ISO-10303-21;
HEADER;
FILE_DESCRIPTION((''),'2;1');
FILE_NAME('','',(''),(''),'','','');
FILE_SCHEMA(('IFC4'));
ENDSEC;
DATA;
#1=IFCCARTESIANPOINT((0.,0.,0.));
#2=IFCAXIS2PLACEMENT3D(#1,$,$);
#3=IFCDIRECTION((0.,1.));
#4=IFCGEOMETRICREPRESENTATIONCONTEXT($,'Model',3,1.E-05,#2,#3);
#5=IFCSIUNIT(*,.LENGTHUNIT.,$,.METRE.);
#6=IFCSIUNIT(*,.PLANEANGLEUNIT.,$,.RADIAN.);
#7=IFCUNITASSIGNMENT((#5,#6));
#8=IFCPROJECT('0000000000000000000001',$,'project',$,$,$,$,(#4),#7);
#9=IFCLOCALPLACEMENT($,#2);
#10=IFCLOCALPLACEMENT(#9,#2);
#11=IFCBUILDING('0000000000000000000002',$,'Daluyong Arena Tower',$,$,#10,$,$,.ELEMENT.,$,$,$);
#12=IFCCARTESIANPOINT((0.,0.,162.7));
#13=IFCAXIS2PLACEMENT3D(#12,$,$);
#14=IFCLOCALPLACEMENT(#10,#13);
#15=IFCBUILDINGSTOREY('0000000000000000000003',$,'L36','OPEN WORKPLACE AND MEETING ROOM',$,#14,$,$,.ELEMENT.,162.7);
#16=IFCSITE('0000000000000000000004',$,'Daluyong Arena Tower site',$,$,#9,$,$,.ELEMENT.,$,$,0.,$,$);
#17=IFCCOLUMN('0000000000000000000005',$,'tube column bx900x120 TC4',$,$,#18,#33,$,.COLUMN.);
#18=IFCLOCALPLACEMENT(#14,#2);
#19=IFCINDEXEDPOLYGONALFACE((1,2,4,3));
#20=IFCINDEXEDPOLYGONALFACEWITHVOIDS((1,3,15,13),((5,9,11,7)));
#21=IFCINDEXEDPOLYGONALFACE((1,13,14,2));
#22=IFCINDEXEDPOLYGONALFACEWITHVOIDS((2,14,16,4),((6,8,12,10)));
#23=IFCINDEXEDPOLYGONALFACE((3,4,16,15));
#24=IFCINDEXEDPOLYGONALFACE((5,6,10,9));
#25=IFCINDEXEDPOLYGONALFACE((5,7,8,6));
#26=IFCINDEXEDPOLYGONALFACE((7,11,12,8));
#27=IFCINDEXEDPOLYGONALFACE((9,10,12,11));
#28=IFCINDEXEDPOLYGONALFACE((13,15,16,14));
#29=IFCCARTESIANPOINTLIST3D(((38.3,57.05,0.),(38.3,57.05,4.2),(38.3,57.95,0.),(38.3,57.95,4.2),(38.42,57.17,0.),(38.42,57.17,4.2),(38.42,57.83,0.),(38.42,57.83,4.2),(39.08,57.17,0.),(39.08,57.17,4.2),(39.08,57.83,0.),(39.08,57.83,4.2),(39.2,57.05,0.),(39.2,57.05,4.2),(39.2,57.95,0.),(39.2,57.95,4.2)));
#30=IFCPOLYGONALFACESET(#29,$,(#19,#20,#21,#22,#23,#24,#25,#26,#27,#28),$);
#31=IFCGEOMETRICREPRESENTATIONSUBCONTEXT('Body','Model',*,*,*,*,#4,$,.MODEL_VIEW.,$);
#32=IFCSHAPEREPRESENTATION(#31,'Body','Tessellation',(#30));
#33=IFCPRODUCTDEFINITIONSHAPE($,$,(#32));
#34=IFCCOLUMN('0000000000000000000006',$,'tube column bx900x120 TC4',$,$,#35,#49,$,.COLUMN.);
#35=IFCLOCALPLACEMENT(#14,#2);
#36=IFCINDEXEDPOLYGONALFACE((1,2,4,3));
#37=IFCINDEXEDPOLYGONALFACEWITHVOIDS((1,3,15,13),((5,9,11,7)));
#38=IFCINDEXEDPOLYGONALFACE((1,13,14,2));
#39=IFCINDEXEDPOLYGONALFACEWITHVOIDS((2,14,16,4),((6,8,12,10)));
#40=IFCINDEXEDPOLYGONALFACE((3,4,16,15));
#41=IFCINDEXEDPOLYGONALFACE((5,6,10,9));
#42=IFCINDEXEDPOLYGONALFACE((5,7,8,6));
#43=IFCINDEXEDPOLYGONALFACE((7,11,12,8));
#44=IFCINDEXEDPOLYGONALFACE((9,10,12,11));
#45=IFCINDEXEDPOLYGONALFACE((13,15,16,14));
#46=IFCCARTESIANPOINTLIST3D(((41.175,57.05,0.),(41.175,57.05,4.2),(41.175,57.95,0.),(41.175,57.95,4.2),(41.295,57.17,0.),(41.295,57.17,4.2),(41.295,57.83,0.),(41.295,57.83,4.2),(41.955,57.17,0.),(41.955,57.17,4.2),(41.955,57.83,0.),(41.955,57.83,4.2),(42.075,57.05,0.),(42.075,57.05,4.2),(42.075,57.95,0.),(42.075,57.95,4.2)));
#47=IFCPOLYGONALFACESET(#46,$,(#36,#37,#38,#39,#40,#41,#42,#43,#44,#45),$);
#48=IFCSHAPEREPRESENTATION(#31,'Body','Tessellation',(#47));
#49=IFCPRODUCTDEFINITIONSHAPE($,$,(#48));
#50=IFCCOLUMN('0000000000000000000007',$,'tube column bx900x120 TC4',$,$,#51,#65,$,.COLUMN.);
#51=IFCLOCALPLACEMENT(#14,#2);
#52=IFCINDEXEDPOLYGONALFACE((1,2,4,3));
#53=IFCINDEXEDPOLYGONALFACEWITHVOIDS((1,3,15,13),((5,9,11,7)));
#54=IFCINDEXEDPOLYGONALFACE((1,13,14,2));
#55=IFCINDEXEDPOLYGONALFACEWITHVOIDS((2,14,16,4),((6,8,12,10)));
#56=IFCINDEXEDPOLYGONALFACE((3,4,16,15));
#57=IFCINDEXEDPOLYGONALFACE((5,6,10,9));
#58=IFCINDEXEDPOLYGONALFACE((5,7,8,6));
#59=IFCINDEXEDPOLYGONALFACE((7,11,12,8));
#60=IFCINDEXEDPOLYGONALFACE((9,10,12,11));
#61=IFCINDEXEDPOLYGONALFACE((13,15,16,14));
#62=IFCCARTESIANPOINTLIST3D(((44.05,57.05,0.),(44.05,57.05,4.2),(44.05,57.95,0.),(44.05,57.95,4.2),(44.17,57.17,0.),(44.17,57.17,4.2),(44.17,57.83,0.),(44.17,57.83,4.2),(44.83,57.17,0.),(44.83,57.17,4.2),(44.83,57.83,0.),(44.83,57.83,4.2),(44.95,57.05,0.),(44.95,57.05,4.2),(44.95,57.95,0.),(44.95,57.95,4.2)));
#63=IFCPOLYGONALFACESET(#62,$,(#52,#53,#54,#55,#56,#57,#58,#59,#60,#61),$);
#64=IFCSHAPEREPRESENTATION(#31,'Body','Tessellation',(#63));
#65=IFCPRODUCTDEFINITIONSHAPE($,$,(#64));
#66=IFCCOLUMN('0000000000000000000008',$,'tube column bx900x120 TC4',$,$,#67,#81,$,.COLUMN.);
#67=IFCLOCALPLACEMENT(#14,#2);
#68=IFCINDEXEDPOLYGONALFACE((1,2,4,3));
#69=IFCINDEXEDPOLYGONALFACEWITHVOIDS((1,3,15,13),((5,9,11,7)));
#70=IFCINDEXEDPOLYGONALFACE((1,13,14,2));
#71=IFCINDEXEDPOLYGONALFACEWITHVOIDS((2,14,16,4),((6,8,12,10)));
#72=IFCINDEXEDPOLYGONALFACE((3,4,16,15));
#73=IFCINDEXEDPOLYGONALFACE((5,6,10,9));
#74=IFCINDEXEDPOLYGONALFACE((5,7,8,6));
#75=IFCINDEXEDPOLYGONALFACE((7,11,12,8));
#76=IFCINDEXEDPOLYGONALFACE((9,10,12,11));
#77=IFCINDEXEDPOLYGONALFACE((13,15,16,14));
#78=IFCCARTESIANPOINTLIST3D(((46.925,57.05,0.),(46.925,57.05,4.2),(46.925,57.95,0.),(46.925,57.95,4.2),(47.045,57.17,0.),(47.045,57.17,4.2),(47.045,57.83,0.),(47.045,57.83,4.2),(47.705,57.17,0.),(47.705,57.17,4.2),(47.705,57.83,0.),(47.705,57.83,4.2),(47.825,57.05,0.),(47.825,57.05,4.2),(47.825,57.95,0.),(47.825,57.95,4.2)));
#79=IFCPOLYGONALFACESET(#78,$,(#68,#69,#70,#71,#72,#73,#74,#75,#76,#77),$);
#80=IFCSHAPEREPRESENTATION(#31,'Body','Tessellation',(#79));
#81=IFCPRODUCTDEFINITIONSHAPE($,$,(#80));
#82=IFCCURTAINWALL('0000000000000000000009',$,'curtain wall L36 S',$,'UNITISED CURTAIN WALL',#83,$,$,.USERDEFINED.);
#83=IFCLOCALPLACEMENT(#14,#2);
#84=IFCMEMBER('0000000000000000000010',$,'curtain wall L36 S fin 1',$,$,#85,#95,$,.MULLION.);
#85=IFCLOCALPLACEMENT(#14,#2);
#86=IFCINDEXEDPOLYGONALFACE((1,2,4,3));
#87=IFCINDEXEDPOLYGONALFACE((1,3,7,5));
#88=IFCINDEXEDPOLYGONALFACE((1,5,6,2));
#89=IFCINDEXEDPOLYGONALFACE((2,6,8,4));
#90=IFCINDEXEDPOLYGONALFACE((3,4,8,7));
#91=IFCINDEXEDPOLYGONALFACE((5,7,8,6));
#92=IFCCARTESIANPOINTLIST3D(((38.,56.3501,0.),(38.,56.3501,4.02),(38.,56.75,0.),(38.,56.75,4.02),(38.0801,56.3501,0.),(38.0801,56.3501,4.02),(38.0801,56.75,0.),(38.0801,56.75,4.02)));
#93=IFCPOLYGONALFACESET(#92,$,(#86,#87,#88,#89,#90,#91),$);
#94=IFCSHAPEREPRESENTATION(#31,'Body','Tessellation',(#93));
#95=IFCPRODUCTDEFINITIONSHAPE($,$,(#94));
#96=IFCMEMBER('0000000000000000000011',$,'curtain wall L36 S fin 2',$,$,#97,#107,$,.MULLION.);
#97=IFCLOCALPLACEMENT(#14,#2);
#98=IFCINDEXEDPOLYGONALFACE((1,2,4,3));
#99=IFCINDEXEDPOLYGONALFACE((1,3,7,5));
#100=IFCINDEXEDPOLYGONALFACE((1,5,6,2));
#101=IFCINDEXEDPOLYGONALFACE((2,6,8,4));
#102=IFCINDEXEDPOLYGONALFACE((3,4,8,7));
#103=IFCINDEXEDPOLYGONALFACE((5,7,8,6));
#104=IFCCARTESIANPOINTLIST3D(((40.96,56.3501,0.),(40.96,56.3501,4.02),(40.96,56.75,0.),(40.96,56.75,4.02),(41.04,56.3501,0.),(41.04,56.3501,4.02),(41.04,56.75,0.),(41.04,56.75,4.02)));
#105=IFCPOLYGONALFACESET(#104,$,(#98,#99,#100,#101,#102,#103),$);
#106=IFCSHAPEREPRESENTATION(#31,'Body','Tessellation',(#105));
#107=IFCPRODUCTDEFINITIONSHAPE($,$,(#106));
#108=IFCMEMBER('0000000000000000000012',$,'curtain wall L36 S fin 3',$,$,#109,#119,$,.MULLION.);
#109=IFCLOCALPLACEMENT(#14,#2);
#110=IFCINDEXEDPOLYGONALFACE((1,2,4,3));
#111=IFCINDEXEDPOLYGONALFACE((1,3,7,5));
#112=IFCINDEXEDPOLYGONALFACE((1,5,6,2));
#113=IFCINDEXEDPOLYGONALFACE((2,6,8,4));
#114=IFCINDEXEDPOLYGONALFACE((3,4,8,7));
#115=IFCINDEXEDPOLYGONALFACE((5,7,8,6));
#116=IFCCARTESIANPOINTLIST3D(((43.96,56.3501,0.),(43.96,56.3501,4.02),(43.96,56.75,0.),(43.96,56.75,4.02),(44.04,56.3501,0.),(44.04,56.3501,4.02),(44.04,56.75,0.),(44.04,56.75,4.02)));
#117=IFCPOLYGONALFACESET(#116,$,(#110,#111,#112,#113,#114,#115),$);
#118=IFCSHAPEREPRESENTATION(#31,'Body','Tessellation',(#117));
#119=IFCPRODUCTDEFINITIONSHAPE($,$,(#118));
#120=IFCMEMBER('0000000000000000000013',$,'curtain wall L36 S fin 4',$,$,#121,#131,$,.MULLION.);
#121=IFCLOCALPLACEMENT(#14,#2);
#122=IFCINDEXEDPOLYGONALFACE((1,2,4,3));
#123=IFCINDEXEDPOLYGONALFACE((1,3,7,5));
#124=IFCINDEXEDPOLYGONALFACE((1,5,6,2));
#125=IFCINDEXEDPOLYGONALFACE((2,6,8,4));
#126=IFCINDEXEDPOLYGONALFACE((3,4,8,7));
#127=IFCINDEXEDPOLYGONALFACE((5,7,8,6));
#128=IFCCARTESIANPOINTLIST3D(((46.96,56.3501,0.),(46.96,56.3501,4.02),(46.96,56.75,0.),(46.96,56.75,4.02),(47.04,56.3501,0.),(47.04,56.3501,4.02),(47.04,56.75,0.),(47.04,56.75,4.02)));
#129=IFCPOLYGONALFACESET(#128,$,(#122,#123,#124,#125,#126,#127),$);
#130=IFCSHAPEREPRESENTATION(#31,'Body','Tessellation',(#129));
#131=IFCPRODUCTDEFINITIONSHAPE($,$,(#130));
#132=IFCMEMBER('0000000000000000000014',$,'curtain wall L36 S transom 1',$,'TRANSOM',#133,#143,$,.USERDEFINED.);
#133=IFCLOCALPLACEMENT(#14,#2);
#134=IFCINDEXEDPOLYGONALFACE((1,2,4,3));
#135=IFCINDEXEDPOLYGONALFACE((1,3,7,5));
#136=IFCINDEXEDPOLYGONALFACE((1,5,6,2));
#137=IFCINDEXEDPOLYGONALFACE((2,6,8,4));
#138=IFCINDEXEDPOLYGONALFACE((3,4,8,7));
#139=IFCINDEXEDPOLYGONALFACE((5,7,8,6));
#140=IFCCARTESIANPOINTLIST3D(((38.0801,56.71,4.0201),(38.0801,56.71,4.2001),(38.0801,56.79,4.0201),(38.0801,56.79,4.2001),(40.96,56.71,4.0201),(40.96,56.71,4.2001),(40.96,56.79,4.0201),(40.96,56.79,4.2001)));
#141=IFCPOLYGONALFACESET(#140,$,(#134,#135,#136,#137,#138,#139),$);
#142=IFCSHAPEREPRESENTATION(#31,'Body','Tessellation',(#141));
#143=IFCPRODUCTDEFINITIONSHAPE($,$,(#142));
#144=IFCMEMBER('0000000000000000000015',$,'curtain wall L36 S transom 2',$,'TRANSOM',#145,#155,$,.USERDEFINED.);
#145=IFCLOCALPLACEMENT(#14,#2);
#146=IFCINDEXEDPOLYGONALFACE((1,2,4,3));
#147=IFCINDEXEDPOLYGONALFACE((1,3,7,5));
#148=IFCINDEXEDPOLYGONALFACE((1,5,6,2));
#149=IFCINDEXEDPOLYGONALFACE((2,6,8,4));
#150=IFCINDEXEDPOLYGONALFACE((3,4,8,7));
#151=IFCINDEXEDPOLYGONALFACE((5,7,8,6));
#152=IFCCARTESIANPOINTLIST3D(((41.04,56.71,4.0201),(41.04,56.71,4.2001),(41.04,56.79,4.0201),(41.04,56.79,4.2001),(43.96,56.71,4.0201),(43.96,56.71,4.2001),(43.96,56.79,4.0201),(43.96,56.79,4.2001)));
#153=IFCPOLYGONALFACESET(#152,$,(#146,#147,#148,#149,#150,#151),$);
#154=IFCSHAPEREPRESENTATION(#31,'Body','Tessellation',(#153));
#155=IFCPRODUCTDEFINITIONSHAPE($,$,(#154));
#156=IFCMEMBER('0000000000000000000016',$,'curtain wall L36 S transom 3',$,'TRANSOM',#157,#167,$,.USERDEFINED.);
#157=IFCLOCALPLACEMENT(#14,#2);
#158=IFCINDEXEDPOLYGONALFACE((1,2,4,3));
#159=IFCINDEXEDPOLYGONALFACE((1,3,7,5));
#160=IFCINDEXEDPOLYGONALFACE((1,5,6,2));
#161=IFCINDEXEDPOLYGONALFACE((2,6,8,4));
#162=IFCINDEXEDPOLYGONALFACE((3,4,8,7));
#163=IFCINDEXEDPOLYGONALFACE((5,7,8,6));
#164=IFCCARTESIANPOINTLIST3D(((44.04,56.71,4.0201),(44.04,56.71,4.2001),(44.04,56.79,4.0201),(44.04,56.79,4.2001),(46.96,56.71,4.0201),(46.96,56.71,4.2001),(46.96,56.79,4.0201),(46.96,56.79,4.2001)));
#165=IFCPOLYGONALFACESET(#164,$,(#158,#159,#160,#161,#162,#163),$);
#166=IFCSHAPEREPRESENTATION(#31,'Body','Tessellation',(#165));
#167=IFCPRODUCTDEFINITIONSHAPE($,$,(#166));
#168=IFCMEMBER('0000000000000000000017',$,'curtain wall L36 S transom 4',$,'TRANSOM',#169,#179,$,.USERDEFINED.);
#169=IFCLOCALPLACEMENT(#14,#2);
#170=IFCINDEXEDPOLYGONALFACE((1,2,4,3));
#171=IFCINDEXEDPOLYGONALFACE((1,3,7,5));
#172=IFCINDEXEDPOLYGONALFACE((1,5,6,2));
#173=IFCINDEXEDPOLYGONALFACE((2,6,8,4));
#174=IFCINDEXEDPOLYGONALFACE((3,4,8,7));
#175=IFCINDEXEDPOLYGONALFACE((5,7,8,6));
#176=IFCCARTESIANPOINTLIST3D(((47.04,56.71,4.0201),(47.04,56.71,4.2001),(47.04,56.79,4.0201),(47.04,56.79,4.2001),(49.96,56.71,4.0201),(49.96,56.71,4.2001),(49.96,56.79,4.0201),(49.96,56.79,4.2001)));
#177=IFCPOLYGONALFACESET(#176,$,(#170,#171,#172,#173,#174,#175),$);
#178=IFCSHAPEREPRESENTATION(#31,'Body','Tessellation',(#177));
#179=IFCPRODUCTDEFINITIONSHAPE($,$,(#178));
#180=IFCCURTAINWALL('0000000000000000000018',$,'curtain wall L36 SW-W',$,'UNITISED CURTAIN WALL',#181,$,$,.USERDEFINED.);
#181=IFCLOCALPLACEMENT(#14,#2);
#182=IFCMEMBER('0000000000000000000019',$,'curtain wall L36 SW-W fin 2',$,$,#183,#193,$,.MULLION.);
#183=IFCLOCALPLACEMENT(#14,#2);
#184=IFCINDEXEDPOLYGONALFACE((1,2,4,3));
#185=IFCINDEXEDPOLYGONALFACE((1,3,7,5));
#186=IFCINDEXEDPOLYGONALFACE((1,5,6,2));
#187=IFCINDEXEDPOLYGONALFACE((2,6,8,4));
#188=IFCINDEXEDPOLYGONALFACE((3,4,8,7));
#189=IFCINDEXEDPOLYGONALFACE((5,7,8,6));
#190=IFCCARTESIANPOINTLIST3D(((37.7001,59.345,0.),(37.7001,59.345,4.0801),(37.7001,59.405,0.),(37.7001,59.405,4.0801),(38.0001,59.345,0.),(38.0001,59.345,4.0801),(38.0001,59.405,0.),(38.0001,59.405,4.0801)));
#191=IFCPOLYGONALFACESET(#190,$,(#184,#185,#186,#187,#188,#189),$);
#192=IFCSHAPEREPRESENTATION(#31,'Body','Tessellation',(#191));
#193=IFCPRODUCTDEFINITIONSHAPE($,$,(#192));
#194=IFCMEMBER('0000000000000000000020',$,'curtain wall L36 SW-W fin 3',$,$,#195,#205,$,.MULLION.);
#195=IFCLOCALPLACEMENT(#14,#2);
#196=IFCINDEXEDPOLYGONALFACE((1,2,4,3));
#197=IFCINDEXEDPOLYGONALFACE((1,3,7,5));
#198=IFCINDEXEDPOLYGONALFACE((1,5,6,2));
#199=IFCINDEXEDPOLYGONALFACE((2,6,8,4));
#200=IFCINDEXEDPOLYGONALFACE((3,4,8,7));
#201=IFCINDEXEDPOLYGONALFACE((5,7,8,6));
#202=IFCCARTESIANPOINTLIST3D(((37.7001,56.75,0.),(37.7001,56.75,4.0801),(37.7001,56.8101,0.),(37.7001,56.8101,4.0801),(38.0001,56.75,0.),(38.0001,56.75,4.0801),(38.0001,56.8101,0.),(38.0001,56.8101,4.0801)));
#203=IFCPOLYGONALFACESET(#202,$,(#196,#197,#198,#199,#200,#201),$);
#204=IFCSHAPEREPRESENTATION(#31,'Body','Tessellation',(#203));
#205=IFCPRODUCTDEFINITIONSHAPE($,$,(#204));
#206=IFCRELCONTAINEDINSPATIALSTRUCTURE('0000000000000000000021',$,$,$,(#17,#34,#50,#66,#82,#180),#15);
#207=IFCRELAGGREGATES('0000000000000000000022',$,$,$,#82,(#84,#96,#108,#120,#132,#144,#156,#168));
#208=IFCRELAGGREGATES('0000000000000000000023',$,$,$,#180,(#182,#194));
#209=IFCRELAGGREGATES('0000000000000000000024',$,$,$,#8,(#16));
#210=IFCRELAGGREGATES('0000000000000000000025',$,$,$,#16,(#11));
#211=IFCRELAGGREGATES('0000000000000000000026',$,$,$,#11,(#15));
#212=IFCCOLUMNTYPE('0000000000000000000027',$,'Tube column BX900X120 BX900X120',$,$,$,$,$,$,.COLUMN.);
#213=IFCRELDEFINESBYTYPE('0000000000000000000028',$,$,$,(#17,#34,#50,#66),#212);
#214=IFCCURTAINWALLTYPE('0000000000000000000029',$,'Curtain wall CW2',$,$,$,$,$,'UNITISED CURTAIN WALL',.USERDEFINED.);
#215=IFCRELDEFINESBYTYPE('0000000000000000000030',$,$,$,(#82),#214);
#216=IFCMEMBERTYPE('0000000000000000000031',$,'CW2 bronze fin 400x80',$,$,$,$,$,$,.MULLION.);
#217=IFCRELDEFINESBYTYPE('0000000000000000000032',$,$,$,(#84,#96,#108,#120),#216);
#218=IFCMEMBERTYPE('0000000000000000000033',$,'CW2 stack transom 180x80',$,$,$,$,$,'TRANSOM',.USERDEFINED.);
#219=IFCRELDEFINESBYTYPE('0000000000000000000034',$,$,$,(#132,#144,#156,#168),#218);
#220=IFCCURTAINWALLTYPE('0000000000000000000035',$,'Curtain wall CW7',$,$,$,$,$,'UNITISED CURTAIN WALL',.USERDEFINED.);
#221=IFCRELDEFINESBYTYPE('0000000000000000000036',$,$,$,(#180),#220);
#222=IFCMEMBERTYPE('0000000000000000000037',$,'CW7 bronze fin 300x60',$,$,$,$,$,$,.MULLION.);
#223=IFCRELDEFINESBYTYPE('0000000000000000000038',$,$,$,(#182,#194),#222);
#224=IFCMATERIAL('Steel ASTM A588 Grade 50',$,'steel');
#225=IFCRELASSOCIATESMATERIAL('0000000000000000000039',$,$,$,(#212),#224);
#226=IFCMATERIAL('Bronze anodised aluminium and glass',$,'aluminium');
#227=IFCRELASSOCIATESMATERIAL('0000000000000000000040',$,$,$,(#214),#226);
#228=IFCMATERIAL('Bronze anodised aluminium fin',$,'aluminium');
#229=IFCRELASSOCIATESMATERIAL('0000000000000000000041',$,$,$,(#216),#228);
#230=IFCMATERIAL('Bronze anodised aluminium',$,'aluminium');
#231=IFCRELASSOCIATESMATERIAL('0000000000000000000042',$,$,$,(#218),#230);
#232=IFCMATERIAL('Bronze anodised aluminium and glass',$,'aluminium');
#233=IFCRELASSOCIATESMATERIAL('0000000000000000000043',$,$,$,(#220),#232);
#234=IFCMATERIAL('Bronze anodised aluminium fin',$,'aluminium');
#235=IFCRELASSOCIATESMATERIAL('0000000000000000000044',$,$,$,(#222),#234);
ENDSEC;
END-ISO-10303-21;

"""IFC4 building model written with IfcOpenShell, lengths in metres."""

from ifc_helpers import new_model, si_unit, direction, frame, origin, origin_2d, place, context, subcontext, project, spatial, rectangle, hollow_rectangle, extrude, material, material_profile, profile_set, type_object, element, aggregate, save


model = new_model("IFC4")

# Units and contexts
model_context = context("Model", 3, precision=1e-05, world=origin(), true_north=direction((0.0, 1.0)))
body_context = subcontext(model_context, "Body", "Model", "MODEL_VIEW")
ifc_project = project(units=[si_unit("LENGTHUNIT", "METRE"), si_unit("PLANEANGLEUNIT", "RADIAN")], contexts=[model_context])

# Site, building, storey
site_placement = place(None, origin())
site = spatial("IfcSite", under=ifc_project, at=site_placement, Name="Daluyong Arena Tower site", CompositionType="ELEMENT", RefElevation=0.0)
building_placement = place(site_placement, origin())
building = spatial("IfcBuilding", under=site, at=building_placement, Name="Daluyong Arena Tower", CompositionType="ELEMENT")
storey_placement = place(building_placement, frame((0.0, 0.0, 162.7)))
storey = spatial("IfcBuildingStorey", under=building, at=storey_placement, Name="L36", Description="OPEN WORKPLACE AND MEETING ROOM", CompositionType="ELEMENT", Elevation=162.7)

# Columns
ifc_material_1 = material(Name="Steel ASTM A588 Grade 50", Category="steel")
ifc_material_profile_1 = material_profile(ifc_material_1, hollow_rectangle(XDim=0.8999, YDim=0.8999, WallThickness=0.12, at=origin_2d()))
ifc_profile_set_1 = profile_set([ifc_material_profile_1], Name="Steel ASTM A588 Grade 50")
column_type = type_object("IfcColumnType", Name="Tube column BX900X120 BX900X120", PredefinedType="COLUMN", material=ifc_profile_set_1)
for number, where, z_axis, x_axis, name in (
    (1, (38.75, 57.5, 0.0), (0.0, 0.0, 1.0), (1.0, 0.0, 0.0), "tube column bx900x120 TC4"),
    (2, (41.625, 57.5, 0.0), (0.0, 0.0, 1.0), (1.0, 0.0, 0.0), "tube column bx900x120 TC4"),
    (3, (44.5, 57.5, 0.0), (0.0, 0.0, 1.0), (1.0, 0.0, 0.0), "tube column bx900x120 TC4"),
    (4, (47.375, 57.5, 0.0), (0.0, 0.0, 1.0), (1.0, 0.0, 0.0), "tube column bx900x120 TC4"),
):
    element("IfcColumn", number, at=place(storey_placement, frame(where, z_axis=z_axis, x_axis=x_axis)), inside=storey, type_object=column_type, Name=name, PredefinedType="COLUMN", context=body_context, shape_type="SweptSolid", body=[
        extrude(hollow_rectangle(XDim=0.8999, YDim=0.8999, WallThickness=0.12, at=origin_2d()), origin(), (0.0, 0.0, 1.0), 4.2),
    ])

# Curtain walls, members
ifc_material_2 = material(Name="Bronze anodised aluminium and glass", Category="aluminium")
curtain_wall_type_1 = type_object("IfcCurtainWallType", Name="Curtain wall CW2", ElementType="UNITISED CURTAIN WALL", PredefinedType="USERDEFINED", material=ifc_material_2)
curtain_wall_1_placement = place(storey_placement, origin())
curtain_wall_1 = element("IfcCurtainWall", 5, at=curtain_wall_1_placement, inside=storey, type_object=curtain_wall_type_1, Name="curtain wall L36 S", ObjectType="UNITISED CURTAIN WALL", PredefinedType="USERDEFINED")
ifc_material_3 = material(Name="Bronze anodised aluminium fin", Category="aluminium")
ifc_material_profile_2 = material_profile(ifc_material_3, rectangle(XDim=0.3999, YDim=0.0801, at=origin_2d()))
ifc_profile_set_2 = profile_set([ifc_material_profile_2], Name="Bronze anodised aluminium fin")
member_type_1 = type_object("IfcMemberType", Name="CW2 bronze fin 400x80", PredefinedType="MULLION", material=ifc_profile_set_2)
member_1_placement = place(storey_placement, frame((38.04, 56.55, 0.0), z_axis=(0.0, 0.0, 1.0), x_axis=(0.0, 1.0, 0.0)))
member_1 = element("IfcMember", 6, at=member_1_placement, type_object=member_type_1, Name="curtain wall L36 S fin 1", PredefinedType="MULLION", context=body_context, shape_type="SweptSolid", body=[
    extrude(rectangle(XDim=0.3999, YDim=0.0801, at=origin_2d()), origin(), (0.0, 0.0, 1.0), 4.02),
])
member_2_placement = place(storey_placement, frame((41.0, 56.55, 0.0), z_axis=(0.0, 0.0, 1.0), x_axis=(0.0, 1.0, 0.0)))
member_2 = element("IfcMember", 7, at=member_2_placement, type_object=member_type_1, Name="curtain wall L36 S fin 2", PredefinedType="MULLION", context=body_context, shape_type="SweptSolid", body=[
    extrude(rectangle(XDim=0.3999, YDim=0.0801, at=origin_2d()), origin(), (0.0, 0.0, 1.0), 4.02),
])
member_3_placement = place(storey_placement, frame((44.0, 56.55, 0.0), z_axis=(0.0, 0.0, 1.0), x_axis=(0.0, 1.0, 0.0)))
member_3 = element("IfcMember", 8, at=member_3_placement, type_object=member_type_1, Name="curtain wall L36 S fin 3", PredefinedType="MULLION", context=body_context, shape_type="SweptSolid", body=[
    extrude(rectangle(XDim=0.3999, YDim=0.0801, at=origin_2d()), origin(), (0.0, 0.0, 1.0), 4.02),
])
member_4_placement = place(storey_placement, frame((47.0, 56.55, 0.0), z_axis=(0.0, 0.0, 1.0), x_axis=(0.0, 1.0, 0.0)))
member_4 = element("IfcMember", 9, at=member_4_placement, type_object=member_type_1, Name="curtain wall L36 S fin 4", PredefinedType="MULLION", context=body_context, shape_type="SweptSolid", body=[
    extrude(rectangle(XDim=0.3999, YDim=0.0801, at=origin_2d()), origin(), (0.0, 0.0, 1.0), 4.02),
])
ifc_material_4 = material(Name="Bronze anodised aluminium", Category="aluminium")
ifc_material_profile_3 = material_profile(ifc_material_4, rectangle(XDim=0.0801, YDim=0.1799, at=origin_2d()))
ifc_profile_set_3 = profile_set([ifc_material_profile_3], Name="Bronze anodised aluminium")
member_type_2 = type_object("IfcMemberType", Name="CW2 stack transom 180x80", ElementType="TRANSOM", PredefinedType="USERDEFINED", material=ifc_profile_set_3)
member_5_placement = place(storey_placement, frame((38.0801, 56.75, 4.1101), z_axis=(1.0, 0.0, 0.0), x_axis=(0.0, 1.0, 0.0)))
member_5 = element("IfcMember", 10, at=member_5_placement, type_object=member_type_2, Name="curtain wall L36 S transom 1", ObjectType="TRANSOM", PredefinedType="USERDEFINED", context=body_context, shape_type="SweptSolid", body=[
    extrude(rectangle(XDim=0.0801, YDim=0.1799, at=origin_2d()), origin(), (0.0, 0.0, 1.0), 2.8799),
])
member_6_placement = place(storey_placement, frame((41.04, 56.75, 4.1101), z_axis=(1.0, 0.0, 0.0), x_axis=(0.0, 1.0, 0.0)))
member_6 = element("IfcMember", 11, at=member_6_placement, type_object=member_type_2, Name="curtain wall L36 S transom 2", ObjectType="TRANSOM", PredefinedType="USERDEFINED", context=body_context, shape_type="SweptSolid", body=[
    extrude(rectangle(XDim=0.0801, YDim=0.1799, at=origin_2d()), origin(), (0.0, 0.0, 1.0), 2.9199),
])
member_7_placement = place(storey_placement, frame((44.04, 56.75, 4.1101), z_axis=(1.0, 0.0, 0.0), x_axis=(0.0, 1.0, 0.0)))
member_7 = element("IfcMember", 12, at=member_7_placement, type_object=member_type_2, Name="curtain wall L36 S transom 3", ObjectType="TRANSOM", PredefinedType="USERDEFINED", context=body_context, shape_type="SweptSolid", body=[
    extrude(rectangle(XDim=0.0801, YDim=0.1799, at=origin_2d()), origin(), (0.0, 0.0, 1.0), 2.9199),
])
member_8_placement = place(storey_placement, frame((47.04, 56.75, 4.1101), z_axis=(1.0, 0.0, 0.0), x_axis=(0.0, 1.0, 0.0)))
member_8 = element("IfcMember", 13, at=member_8_placement, type_object=member_type_2, Name="curtain wall L36 S transom 4", ObjectType="TRANSOM", PredefinedType="USERDEFINED", context=body_context, shape_type="SweptSolid", body=[
    extrude(rectangle(XDim=0.0801, YDim=0.1799, at=origin_2d()), origin(), (0.0, 0.0, 1.0), 2.9199),
])
ifc_material_5 = material(Name="Bronze anodised aluminium and glass", Category="aluminium")
curtain_wall_type_2 = type_object("IfcCurtainWallType", Name="Curtain wall CW7", ElementType="UNITISED CURTAIN WALL", PredefinedType="USERDEFINED", material=ifc_material_5)
curtain_wall_2_placement = place(storey_placement, origin())
curtain_wall_2 = element("IfcCurtainWall", 14, at=curtain_wall_2_placement, inside=storey, type_object=curtain_wall_type_2, Name="curtain wall L36 SW-W", ObjectType="UNITISED CURTAIN WALL", PredefinedType="USERDEFINED")
ifc_material_6 = material(Name="Bronze anodised aluminium fin", Category="aluminium")
ifc_material_profile_4 = material_profile(ifc_material_6, rectangle(XDim=0.3, YDim=0.0601, at=origin_2d()))
ifc_profile_set_4 = profile_set([ifc_material_profile_4], Name="Bronze anodised aluminium fin")
member_type_3 = type_object("IfcMemberType", Name="CW7 bronze fin 300x60", PredefinedType="MULLION", material=ifc_profile_set_4)
member_9_placement = place(storey_placement, frame((37.8501, 59.375, 0.0), z_axis=(0.0, 0.0, 1.0), x_axis=(1.0, 0.0, 0.0)))
member_9 = element("IfcMember", 15, at=member_9_placement, type_object=member_type_3, Name="curtain wall L36 SW-W fin 2", PredefinedType="MULLION", context=body_context, shape_type="SweptSolid", body=[
    extrude(rectangle(XDim=0.3, YDim=0.0601, at=origin_2d()), origin(), (0.0, 0.0, 1.0), 4.0801),
])
member_10_placement = place(storey_placement, frame((37.8501, 56.78, 0.0), z_axis=(0.0, 0.0, 1.0), x_axis=(1.0, 0.0, 0.0)))
member_10 = element("IfcMember", 16, at=member_10_placement, type_object=member_type_3, Name="curtain wall L36 SW-W fin 3", PredefinedType="MULLION", context=body_context, shape_type="SweptSolid", body=[
    extrude(rectangle(XDim=0.3, YDim=0.0601, at=origin_2d()), origin(), (0.0, 0.0, 1.0), 4.0801),
])

aggregate(curtain_wall_1, [member_1, member_2, member_3, member_4, member_5, member_6, member_7, member_8])
aggregate(curtain_wall_2, [member_9, member_10])

save(model, "model.ifc")
